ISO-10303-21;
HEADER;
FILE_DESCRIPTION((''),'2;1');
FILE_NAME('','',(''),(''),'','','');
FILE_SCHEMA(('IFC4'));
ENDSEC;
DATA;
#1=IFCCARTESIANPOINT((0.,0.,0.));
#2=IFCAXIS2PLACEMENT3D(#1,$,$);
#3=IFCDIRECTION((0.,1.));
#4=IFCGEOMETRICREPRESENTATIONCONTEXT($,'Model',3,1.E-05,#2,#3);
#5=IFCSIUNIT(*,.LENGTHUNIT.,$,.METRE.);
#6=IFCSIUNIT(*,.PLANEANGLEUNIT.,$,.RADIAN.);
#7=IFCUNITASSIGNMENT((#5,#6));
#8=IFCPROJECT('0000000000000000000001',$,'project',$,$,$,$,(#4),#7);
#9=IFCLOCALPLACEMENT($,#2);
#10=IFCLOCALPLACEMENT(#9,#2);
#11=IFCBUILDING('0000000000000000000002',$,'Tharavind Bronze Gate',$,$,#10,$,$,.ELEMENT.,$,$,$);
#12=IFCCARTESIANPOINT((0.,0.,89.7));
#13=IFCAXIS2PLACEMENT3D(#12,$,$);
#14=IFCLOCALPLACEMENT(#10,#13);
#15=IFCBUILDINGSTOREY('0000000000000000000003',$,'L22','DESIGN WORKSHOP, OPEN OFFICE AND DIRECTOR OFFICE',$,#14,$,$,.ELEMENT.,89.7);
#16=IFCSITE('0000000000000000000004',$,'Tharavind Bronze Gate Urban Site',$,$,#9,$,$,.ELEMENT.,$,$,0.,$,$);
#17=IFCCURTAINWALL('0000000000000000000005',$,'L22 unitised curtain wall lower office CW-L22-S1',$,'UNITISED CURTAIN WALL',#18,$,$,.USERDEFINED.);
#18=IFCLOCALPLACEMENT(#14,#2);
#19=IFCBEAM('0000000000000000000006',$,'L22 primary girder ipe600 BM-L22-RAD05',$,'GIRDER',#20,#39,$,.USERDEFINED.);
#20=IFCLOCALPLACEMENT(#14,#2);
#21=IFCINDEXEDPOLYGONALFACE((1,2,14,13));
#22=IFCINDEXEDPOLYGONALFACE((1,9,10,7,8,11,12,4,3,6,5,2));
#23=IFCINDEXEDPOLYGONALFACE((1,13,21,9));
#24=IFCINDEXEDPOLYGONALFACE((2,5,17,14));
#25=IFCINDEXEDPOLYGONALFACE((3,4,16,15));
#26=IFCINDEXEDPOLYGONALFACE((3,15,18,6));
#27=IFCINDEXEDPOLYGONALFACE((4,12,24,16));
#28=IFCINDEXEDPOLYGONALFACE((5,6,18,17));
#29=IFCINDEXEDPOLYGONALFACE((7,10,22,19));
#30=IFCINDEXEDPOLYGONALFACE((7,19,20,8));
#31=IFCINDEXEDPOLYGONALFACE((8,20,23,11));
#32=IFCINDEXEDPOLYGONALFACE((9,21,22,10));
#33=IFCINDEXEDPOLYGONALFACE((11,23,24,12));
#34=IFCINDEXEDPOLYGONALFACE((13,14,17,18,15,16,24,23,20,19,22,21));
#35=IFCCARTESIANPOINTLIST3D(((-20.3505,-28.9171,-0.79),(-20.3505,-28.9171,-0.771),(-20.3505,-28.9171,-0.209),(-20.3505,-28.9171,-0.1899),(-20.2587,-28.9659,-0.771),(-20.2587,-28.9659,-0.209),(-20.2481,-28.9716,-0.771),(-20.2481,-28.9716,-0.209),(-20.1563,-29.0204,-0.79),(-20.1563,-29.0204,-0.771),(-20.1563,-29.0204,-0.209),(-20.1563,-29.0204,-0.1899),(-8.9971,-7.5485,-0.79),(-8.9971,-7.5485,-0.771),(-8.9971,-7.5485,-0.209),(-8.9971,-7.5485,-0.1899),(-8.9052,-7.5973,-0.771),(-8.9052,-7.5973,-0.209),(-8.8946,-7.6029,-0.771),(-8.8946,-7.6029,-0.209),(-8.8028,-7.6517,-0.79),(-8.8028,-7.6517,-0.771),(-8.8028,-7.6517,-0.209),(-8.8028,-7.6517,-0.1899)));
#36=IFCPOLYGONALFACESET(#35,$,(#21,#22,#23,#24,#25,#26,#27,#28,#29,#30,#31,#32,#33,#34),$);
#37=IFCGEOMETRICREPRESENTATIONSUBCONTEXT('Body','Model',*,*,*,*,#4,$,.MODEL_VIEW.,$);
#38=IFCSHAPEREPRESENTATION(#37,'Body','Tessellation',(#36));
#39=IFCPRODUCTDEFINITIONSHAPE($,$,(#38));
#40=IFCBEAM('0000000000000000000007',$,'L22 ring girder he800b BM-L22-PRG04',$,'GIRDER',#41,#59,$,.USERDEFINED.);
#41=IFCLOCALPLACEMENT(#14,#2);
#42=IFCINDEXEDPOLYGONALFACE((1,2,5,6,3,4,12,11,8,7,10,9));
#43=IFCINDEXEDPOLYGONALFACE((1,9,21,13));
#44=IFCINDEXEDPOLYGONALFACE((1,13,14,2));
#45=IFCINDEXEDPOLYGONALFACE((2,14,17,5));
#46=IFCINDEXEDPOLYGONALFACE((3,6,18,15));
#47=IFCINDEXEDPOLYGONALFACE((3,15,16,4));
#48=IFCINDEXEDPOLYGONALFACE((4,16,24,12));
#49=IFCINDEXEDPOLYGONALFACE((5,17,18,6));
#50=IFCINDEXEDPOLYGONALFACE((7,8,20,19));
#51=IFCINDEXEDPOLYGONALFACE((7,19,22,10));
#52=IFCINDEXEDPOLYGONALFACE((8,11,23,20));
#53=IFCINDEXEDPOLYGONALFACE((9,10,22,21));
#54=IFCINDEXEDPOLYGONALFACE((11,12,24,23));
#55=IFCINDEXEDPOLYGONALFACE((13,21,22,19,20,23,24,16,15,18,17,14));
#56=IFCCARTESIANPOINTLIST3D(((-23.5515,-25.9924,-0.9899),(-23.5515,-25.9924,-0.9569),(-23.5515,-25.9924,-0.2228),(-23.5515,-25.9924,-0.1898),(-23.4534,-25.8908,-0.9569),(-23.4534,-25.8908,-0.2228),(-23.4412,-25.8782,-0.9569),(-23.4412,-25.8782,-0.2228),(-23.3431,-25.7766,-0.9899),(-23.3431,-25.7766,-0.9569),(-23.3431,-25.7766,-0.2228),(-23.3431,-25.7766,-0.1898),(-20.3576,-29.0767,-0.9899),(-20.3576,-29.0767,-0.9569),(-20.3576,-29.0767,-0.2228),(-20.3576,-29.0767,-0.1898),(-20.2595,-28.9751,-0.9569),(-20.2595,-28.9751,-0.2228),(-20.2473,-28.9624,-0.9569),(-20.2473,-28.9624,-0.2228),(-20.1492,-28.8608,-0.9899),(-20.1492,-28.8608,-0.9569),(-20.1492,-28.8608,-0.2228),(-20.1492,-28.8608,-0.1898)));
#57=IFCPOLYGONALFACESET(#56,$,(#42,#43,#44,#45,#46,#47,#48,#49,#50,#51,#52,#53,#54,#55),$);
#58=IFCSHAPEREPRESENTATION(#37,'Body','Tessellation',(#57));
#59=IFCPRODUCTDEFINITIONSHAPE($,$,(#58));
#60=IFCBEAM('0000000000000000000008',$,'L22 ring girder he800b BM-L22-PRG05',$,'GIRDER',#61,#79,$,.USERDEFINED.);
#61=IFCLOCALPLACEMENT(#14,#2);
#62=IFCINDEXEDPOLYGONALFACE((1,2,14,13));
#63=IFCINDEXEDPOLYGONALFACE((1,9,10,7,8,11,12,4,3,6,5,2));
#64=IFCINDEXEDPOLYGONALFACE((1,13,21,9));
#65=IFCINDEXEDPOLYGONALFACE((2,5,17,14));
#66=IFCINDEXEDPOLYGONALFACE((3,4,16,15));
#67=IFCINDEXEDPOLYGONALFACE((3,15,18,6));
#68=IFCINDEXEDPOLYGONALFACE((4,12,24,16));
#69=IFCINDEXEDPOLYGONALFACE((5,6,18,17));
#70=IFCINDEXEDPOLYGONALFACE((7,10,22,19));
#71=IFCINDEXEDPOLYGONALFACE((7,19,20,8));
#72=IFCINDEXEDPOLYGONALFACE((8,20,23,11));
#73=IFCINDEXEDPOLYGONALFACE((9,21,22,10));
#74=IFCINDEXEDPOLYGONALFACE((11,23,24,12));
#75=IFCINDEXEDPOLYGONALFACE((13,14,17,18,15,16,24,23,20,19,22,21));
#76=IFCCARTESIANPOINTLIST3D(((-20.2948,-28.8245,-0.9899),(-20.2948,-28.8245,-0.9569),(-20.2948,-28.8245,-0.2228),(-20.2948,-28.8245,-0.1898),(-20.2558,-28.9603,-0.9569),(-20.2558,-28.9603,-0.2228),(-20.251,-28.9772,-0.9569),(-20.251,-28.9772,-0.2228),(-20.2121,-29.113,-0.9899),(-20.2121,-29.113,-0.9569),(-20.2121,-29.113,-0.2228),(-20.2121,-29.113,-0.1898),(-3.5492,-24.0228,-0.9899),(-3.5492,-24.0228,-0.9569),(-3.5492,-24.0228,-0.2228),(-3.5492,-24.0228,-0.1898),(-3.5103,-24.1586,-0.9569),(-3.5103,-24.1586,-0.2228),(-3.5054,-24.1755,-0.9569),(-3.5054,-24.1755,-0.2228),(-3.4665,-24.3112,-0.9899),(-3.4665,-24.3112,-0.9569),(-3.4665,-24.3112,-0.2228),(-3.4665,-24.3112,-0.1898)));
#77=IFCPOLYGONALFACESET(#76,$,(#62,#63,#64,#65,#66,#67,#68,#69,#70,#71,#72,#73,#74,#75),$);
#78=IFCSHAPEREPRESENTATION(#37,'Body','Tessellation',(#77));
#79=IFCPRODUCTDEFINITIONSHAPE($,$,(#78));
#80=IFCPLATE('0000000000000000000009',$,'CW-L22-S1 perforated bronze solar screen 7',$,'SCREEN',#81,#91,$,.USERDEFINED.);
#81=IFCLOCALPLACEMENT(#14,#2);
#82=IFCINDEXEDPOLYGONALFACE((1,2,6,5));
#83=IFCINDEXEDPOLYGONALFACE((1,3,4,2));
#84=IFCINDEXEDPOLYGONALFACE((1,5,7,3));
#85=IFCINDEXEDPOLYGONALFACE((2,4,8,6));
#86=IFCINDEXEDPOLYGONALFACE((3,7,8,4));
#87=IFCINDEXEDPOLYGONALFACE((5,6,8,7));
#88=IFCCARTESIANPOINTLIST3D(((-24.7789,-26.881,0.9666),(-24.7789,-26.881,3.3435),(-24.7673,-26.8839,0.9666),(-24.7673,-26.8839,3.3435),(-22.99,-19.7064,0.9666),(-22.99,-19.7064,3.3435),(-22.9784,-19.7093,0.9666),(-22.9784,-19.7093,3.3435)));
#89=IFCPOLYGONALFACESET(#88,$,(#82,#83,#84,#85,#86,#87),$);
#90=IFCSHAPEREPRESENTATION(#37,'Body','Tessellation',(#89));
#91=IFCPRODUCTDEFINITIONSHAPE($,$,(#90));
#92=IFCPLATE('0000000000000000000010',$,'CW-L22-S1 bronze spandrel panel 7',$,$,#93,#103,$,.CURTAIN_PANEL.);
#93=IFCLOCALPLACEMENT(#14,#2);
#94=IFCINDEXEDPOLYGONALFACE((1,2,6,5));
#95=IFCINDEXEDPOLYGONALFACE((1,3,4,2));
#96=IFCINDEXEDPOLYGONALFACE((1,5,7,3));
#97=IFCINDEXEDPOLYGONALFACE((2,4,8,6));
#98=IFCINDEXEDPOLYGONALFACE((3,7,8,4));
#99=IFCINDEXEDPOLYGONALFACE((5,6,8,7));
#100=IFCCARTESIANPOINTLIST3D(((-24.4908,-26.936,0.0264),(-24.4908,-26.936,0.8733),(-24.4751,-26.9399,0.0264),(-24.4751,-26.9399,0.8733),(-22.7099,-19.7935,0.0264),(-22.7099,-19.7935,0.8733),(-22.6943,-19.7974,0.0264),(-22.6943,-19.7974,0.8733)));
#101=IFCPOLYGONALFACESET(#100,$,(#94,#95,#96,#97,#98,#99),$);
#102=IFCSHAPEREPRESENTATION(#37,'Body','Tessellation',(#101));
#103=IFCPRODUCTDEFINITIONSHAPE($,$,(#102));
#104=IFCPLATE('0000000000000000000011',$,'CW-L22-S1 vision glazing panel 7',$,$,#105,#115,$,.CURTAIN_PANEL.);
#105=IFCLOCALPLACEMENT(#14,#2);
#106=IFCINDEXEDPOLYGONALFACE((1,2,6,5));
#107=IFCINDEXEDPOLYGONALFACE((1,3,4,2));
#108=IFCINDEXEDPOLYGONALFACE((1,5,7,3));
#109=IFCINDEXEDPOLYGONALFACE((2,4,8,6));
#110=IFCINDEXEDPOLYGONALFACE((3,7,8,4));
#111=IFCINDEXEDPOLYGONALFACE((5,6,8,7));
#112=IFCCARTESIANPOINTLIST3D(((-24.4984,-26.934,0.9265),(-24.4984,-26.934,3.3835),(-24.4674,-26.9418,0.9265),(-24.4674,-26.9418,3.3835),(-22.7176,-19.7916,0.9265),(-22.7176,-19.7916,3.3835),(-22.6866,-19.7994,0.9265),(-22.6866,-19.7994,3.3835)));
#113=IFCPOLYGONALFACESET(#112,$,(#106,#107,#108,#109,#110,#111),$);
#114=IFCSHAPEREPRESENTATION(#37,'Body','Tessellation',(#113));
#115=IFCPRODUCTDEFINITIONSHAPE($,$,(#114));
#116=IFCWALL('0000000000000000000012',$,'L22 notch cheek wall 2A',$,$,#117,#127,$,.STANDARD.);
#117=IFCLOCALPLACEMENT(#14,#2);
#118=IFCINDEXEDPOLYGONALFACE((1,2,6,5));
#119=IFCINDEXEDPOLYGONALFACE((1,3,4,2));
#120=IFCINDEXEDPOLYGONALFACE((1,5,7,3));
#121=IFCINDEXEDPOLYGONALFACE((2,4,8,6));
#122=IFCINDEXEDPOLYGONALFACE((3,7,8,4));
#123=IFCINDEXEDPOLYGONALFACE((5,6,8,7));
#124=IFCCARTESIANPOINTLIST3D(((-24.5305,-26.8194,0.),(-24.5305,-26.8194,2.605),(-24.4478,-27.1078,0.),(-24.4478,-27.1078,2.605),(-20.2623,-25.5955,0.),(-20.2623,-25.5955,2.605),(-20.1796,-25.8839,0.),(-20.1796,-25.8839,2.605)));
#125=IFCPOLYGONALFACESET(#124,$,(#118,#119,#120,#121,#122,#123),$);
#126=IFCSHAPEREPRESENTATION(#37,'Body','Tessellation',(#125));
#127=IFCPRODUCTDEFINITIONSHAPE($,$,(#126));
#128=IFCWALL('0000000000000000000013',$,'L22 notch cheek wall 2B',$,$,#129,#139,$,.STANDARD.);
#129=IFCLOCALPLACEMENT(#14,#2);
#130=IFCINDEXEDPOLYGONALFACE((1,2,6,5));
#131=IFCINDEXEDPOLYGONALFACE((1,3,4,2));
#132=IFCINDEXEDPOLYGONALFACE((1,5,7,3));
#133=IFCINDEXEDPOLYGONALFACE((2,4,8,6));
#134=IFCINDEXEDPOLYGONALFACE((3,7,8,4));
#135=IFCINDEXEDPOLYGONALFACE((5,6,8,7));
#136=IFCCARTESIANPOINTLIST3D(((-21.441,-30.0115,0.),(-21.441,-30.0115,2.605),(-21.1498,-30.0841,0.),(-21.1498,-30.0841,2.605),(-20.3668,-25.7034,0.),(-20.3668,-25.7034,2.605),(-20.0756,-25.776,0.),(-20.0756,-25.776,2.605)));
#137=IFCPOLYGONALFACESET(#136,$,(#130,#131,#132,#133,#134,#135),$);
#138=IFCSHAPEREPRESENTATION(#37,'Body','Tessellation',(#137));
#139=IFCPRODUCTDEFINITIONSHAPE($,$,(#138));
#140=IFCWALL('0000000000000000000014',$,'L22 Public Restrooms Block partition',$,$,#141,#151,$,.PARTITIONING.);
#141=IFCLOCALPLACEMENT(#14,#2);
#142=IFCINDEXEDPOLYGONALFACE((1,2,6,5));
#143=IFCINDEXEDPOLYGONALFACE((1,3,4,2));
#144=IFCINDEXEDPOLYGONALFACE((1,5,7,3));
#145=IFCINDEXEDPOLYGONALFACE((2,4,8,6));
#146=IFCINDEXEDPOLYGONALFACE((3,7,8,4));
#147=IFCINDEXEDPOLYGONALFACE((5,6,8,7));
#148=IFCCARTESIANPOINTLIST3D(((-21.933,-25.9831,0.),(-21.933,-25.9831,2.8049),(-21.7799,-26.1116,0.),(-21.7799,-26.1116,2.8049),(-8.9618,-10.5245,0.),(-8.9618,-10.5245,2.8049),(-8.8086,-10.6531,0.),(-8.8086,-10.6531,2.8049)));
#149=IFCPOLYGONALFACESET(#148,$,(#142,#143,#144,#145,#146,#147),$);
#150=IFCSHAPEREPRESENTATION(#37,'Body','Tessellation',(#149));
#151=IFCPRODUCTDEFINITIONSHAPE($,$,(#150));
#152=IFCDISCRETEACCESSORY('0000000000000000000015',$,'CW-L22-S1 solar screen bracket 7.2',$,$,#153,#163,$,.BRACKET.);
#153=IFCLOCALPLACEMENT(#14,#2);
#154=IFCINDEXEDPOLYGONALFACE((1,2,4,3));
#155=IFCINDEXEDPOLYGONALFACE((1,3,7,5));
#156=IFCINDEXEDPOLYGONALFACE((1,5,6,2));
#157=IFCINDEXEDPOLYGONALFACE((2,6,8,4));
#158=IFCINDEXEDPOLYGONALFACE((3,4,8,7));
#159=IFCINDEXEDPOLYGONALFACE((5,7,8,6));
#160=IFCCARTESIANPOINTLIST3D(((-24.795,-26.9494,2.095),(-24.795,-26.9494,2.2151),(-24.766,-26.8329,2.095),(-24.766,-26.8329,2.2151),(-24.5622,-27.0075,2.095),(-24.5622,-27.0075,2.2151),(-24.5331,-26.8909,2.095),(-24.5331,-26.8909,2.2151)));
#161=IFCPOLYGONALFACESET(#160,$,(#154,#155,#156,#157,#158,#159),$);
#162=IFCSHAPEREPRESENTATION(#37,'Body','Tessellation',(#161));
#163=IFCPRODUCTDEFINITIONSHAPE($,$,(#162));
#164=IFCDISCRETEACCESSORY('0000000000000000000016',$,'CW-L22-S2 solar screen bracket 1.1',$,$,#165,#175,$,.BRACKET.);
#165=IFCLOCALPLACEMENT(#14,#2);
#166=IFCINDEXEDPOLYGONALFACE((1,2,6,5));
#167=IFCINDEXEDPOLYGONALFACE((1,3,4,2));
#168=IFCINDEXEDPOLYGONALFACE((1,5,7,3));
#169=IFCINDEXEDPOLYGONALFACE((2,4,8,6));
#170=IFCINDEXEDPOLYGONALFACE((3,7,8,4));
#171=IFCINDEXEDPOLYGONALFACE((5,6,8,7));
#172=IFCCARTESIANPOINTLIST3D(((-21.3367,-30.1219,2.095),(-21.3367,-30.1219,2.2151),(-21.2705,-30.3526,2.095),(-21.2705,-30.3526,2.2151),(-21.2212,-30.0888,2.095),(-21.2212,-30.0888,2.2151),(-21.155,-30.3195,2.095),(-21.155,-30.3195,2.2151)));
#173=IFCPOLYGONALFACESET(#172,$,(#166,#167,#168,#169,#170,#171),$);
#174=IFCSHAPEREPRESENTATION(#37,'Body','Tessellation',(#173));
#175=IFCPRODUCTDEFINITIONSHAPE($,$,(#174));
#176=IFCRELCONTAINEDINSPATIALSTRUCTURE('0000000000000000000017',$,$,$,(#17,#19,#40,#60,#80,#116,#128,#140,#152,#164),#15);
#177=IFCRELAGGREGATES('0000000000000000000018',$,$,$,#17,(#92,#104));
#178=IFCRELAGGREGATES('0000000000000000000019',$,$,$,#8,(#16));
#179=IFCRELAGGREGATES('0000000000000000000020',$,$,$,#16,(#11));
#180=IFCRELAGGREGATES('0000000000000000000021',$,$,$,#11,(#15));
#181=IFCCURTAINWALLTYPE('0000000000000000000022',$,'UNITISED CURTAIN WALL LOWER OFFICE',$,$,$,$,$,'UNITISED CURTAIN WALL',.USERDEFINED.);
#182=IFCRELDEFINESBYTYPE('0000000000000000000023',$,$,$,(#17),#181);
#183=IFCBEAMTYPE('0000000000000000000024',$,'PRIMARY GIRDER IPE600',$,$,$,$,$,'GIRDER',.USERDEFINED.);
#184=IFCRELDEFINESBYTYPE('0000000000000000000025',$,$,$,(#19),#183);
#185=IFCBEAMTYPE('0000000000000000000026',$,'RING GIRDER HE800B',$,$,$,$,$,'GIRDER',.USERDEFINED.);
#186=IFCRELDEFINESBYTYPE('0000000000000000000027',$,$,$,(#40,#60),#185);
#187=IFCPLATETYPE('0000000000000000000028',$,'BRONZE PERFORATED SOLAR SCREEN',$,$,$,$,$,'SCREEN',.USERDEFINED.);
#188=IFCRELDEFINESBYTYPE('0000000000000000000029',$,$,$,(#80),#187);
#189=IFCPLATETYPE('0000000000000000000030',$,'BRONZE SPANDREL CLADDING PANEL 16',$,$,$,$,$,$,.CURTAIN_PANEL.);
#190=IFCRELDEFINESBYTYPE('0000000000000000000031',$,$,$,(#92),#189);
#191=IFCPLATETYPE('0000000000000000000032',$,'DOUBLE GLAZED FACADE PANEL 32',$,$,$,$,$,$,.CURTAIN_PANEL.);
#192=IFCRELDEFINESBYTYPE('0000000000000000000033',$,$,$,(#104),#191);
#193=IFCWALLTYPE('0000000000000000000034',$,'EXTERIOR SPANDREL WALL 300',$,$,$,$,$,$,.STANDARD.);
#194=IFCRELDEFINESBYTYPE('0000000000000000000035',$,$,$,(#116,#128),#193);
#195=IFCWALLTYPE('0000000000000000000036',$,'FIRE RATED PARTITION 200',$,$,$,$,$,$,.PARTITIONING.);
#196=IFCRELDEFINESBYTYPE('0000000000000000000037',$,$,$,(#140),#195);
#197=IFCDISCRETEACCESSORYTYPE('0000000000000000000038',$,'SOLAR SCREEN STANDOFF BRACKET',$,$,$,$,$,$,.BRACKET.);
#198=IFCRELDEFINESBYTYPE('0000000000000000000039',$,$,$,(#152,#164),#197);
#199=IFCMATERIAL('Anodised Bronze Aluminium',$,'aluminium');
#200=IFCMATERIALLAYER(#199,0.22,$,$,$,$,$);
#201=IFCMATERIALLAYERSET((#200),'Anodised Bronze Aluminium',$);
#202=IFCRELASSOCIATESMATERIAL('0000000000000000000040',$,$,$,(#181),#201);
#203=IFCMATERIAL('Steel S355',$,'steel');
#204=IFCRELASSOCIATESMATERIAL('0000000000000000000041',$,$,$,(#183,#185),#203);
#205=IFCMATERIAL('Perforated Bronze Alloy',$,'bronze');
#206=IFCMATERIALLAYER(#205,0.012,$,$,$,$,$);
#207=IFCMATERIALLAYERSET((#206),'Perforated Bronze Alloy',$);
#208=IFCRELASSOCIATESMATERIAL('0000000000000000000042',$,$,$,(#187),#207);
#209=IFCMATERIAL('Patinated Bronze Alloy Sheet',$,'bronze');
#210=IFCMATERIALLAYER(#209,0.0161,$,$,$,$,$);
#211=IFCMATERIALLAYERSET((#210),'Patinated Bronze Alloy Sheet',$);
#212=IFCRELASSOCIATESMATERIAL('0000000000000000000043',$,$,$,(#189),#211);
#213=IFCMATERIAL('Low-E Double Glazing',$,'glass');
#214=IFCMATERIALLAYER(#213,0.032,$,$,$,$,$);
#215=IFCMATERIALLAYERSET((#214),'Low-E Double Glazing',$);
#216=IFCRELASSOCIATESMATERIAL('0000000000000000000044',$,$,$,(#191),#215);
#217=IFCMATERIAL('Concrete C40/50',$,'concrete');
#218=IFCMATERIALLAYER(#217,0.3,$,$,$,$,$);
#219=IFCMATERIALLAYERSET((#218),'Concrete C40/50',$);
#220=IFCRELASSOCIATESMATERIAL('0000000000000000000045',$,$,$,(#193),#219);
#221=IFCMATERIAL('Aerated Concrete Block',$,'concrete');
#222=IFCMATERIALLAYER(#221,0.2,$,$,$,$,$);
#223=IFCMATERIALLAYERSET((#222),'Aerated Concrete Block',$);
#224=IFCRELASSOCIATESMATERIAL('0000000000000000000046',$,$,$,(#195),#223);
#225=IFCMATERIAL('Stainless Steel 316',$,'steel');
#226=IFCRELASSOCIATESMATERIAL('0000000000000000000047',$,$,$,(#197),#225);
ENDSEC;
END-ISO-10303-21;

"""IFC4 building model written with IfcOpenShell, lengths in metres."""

from ifc_helpers import new_model, si_unit, direction, frame, frame_2d, origin, origin_2d, place, context, subcontext, project, spatial, rectangle, i_section, extrude, material, layer, layer_set, material_profile, profile_set, type_object, element, aggregate, save


model = new_model("IFC4")

# Units and contexts
model_context = context("Model", 3, precision=1e-05, world=origin(), true_north=direction((0.0, 1.0)))
body_context = subcontext(model_context, "Body", "Model", "MODEL_VIEW")
ifc_project = project(units=[si_unit("LENGTHUNIT", "METRE"), si_unit("PLANEANGLEUNIT", "RADIAN")], contexts=[model_context])

# Site, building, storey
site_placement = place(None, origin())
site = spatial("IfcSite", under=ifc_project, at=site_placement, Name="Tharavind Bronze Gate Urban Site", CompositionType="ELEMENT", RefElevation=0.0)
building_placement = place(site_placement, origin())
building = spatial("IfcBuilding", under=site, at=building_placement, Name="Tharavind Bronze Gate", CompositionType="ELEMENT")
storey_placement = place(building_placement, frame((0.0, 0.0, 89.7)))
storey = spatial("IfcBuildingStorey", under=building, at=storey_placement, Name="L22", Description="DESIGN WORKSHOP, OPEN OFFICE AND DIRECTOR OFFICE", CompositionType="ELEMENT", Elevation=89.7)

# Curtain wall
ifc_material_1 = material(Name="Anodised Bronze Aluminium", Category="aluminium")
ifc_layer_1 = layer(ifc_material_1, 0.22)
ifc_layer_set_1 = layer_set([ifc_layer_1], Name="Anodised Bronze Aluminium")
curtain_wall_type = type_object("IfcCurtainWallType", Name="UNITISED CURTAIN WALL LOWER OFFICE", ElementType="UNITISED CURTAIN WALL", PredefinedType="USERDEFINED", material=ifc_layer_set_1)
curtain_wall_1_placement = place(storey_placement, origin())
curtain_wall_1 = element("IfcCurtainWall", 1, at=curtain_wall_1_placement, inside=storey, type_object=curtain_wall_type, Name="L22 unitised curtain wall lower office CW-L22-S1", ObjectType="UNITISED CURTAIN WALL", PredefinedType="USERDEFINED")

# Beams
ifc_material_2 = material(Name="Steel S355", Category="steel")
ifc_material_profile_1 = material_profile(ifc_material_2, i_section(OverallWidth=0.22, OverallDepth=0.6001, WebThickness=0.012, FlangeThickness=0.019, at=origin_2d()), Name="IPE600")
ifc_profile_set_1 = profile_set([ifc_material_profile_1], Name="Steel S355")
beam_type_1 = type_object("IfcBeamType", Name="PRIMARY GIRDER IPE600", ElementType="GIRDER", PredefinedType="USERDEFINED", material=ifc_profile_set_1)
beam_1_placement = place(storey_placement, frame((-20.2534, -28.9688, -0.49), z_axis=(0.469201, 0.883091, 0.0), x_axis=(-0.883091, 0.469201, 0.0)))
element("IfcBeam", 2, at=beam_1_placement, inside=storey, type_object=beam_type_1, Name="L22 primary girder ipe600 BM-L22-RAD05", ObjectType="GIRDER", PredefinedType="USERDEFINED", context=body_context, shape_type="SweptSolid", body=[
    extrude(i_section(OverallWidth=0.22, OverallDepth=0.6001, WebThickness=0.012, FlangeThickness=0.019, at=origin_2d()), origin(), (0.0, 0.0, 1.0), 24.1975),
])
ifc_material_profile_2 = material_profile(ifc_material_2, i_section(OverallWidth=0.3, OverallDepth=0.8, WebThickness=0.0176, FlangeThickness=0.033, at=origin_2d()), Name="HE800B")
ifc_profile_set_2 = profile_set([ifc_material_profile_2], Name="Steel S355")
beam_type_2 = type_object("IfcBeamType", Name="RING GIRDER HE800B", ElementType="GIRDER", PredefinedType="USERDEFINED", material=ifc_profile_set_2)
beam_2_placement = place(storey_placement, frame((-23.4473, -25.8845, -0.5898), z_axis=(0.719344, -0.694654, 0.0), x_axis=(0.694654, 0.719344, 0.0)))
element("IfcBeam", 3, at=beam_2_placement, inside=storey, type_object=beam_type_2, Name="L22 ring girder he800b BM-L22-PRG04", ObjectType="GIRDER", PredefinedType="USERDEFINED", context=body_context, shape_type="SweptSolid", body=[
    extrude(i_section(OverallWidth=0.3, OverallDepth=0.8, WebThickness=0.0176, FlangeThickness=0.033, at=origin_2d()), origin(), (0.0, 0.0, 1.0), 4.4399),
])
beam_3_placement = place(storey_placement, frame((-20.2534, -28.9688, -0.5898), z_axis=(0.961261, 0.275639, 0.0), x_axis=(-0.275639, 0.961261, 0.0)))
element("IfcBeam", 4, at=beam_3_placement, inside=storey, type_object=beam_type_2, Name="L22 ring girder he800b BM-L22-PRG05", ObjectType="GIRDER", PredefinedType="USERDEFINED", context=body_context, shape_type="SweptSolid", body=[
    extrude(i_section(OverallWidth=0.3, OverallDepth=0.8, WebThickness=0.0176, FlangeThickness=0.033, at=origin_2d()), origin(), (0.0, 0.0, 1.0), 17.4204),
])

# Plates
ifc_material_3 = material(Name="Perforated Bronze Alloy", Category="bronze")
ifc_layer_2 = layer(ifc_material_3, 0.012)
ifc_layer_set_2 = layer_set([ifc_layer_2], Name="Perforated Bronze Alloy")
plate_type_1 = type_object("IfcPlateType", Name="BRONZE PERFORATED SOLAR SCREEN", ElementType="SCREEN", PredefinedType="USERDEFINED", material=ifc_layer_set_2)
plate_1_placement = place(storey_placement, frame((-23.8787, -23.2952, 0.9666), z_axis=(0.0, 0.0, 1.0), x_axis=(-0.241922, -0.970296, 0.0)))
element("IfcPlate", 5, at=plate_1_placement, inside=storey, type_object=plate_type_1, Name="CW-L22-S1 perforated bronze solar screen 7", ObjectType="SCREEN", PredefinedType="USERDEFINED", context=body_context, shape_type="SweptSolid", body=[
    extrude(rectangle(XDim=7.3943, YDim=0.012, at=origin_2d()), origin(), (0.0, 0.0, 1.0), 2.377),
])
ifc_material_4 = material(Name="Patinated Bronze Alloy Sheet", Category="bronze")
ifc_layer_3 = layer(ifc_material_4, 0.0161)
ifc_layer_set_3 = layer_set([ifc_layer_3], Name="Patinated Bronze Alloy Sheet")
plate_type_2 = type_object("IfcPlateType", Name="BRONZE SPANDREL CLADDING PANEL 16", PredefinedType="CURTAIN_PANEL", material=ifc_layer_set_3)
plate_2_placement = place(storey_placement, frame((-23.5925, -23.3667, 0.0264), z_axis=(0.0, 0.0, 1.0), x_axis=(-0.241922, -0.970296, 0.0)))
plate_2 = element("IfcPlate", 6, at=plate_2_placement, type_object=plate_type_2, Name="CW-L22-S1 bronze spandrel panel 7", PredefinedType="CURTAIN_PANEL", context=body_context, shape_type="SweptSolid", body=[
    extrude(rectangle(XDim=7.3611, YDim=0.0161, at=origin_2d()), origin(), (0.0, 0.0, 1.0), 0.8469),
])
ifc_material_5 = material(Name="Low-E Double Glazing", Category="glass")
ifc_layer_4 = layer(ifc_material_5, 0.032)
ifc_layer_set_4 = layer_set([ifc_layer_4], Name="Low-E Double Glazing")
plate_type_3 = type_object("IfcPlateType", Name="DOUBLE GLAZED FACADE PANEL 32", PredefinedType="CURTAIN_PANEL", material=ifc_layer_set_4)
plate_3_placement = place(storey_placement, frame((-23.5925, -23.3667, 0.9265), z_axis=(0.0, 0.0, 1.0), x_axis=(-0.241922, -0.970296, 0.0)))
plate_3 = element("IfcPlate", 7, at=plate_3_placement, type_object=plate_type_3, Name="CW-L22-S1 vision glazing panel 7", PredefinedType="CURTAIN_PANEL", context=body_context, shape_type="SweptSolid", body=[
    extrude(rectangle(XDim=7.3611, YDim=0.032, at=origin_2d()), origin(), (0.0, 0.0, 1.0), 2.457),
])
aggregate(curtain_wall_1, [plate_2, plate_3])

# Walls
ifc_material_6 = material(Name="Concrete C40/50", Category="concrete")
ifc_layer_5 = layer(ifc_material_6, 0.3)
ifc_layer_set_5 = layer_set([ifc_layer_5], Name="Concrete C40/50")
wall_type_1 = type_object("IfcWallType", Name="EXTERIOR SPANDREL WALL 300", PredefinedType="STANDARD", material=ifc_layer_set_5)
wall_1_placement = place(storey_placement, frame((-24.4893, -26.9636, 0.0), z_axis=(0.0, 0.0, 1.0), x_axis=(0.96126, 0.275643, 0.0)))
element("IfcWall", 8, at=wall_1_placement, inside=storey, type_object=wall_type_1, Name="L22 notch cheek wall 2A", PredefinedType="STANDARD", context=body_context, shape_type="SweptSolid", body=[
    extrude(rectangle(XDim=4.4402, YDim=0.3, at=frame_2d((2.2202, 0.0))), origin(), (0.0, 0.0, 1.0), 2.605),
])
wall_2_placement = place(storey_placement, frame((-20.2212, -25.7397, 0.0), z_axis=(0.0, 0.0, 1.0), x_axis=(-0.24194, -0.970291, 0.0)))
element("IfcWall", 9, at=wall_2_placement, inside=storey, type_object=wall_type_1, Name="L22 notch cheek wall 2B", PredefinedType="STANDARD", context=body_context, shape_type="SweptSolid", body=[
    extrude(rectangle(XDim=4.4399, YDim=0.3, at=frame_2d((2.22, 0.0))), origin(), (0.0, 0.0, 1.0), 2.605),
])
ifc_material_7 = material(Name="Aerated Concrete Block", Category="concrete")
ifc_layer_6 = layer(ifc_material_7, 0.2)
ifc_layer_set_6 = layer_set([ifc_layer_6], Name="Aerated Concrete Block")
wall_type_2 = type_object("IfcWallType", Name="FIRE RATED PARTITION 200", PredefinedType="PARTITIONING", material=ifc_layer_set_6)
wall_3_placement = place(storey_placement, frame((-21.8564, -26.0474, 0.0), z_axis=(0.0, 0.0, 1.0), x_axis=(0.642787, 0.766045, 0.0)))
element("IfcWall", 10, at=wall_3_placement, inside=storey, type_object=wall_type_2, Name="L22 Public Restrooms Block partition", PredefinedType="PARTITIONING", context=body_context, shape_type="SweptSolid", body=[
    extrude(rectangle(XDim=20.1797, YDim=0.2, at=frame_2d((10.0898, 0.0))), origin(), (0.0, 0.0, 1.0), 2.8049),
])

# Discrete accessories
ifc_material_8 = material(Name="Stainless Steel 316", Category="steel")
discrete_accessory_type = type_object("IfcDiscreteAccessoryType", Name="SOLAR SCREEN STANDOFF BRACKET", PredefinedType="BRACKET", material=ifc_material_8)
for number, where, z_axis, x_axis, name in (
    (11, (-24.6641, -26.9202, 2.095), (0.0, 0.0, 1.0), (-0.241922, -0.970296, 0.0), "CW-L22-S1 solar screen bracket 7.2"),
    (12, (-21.2458, -30.2207, 2.095), (0.0, 0.0, 1.0), (0.961262, 0.275637, 0.0), "CW-L22-S2 solar screen bracket 1.1"),
):
    element("IfcDiscreteAccessory", number, at=place(storey_placement, frame(where, z_axis=z_axis, x_axis=x_axis)), inside=storey, type_object=discrete_accessory_type, Name=name, PredefinedType="BRACKET", context=body_context, shape_type="SweptSolid", body=[
        extrude(rectangle(XDim=0.1201, YDim=0.24, at=origin_2d()), origin(), (0.0, 0.0, 1.0), 0.1201),
    ])

save(model, "model.ifc")
